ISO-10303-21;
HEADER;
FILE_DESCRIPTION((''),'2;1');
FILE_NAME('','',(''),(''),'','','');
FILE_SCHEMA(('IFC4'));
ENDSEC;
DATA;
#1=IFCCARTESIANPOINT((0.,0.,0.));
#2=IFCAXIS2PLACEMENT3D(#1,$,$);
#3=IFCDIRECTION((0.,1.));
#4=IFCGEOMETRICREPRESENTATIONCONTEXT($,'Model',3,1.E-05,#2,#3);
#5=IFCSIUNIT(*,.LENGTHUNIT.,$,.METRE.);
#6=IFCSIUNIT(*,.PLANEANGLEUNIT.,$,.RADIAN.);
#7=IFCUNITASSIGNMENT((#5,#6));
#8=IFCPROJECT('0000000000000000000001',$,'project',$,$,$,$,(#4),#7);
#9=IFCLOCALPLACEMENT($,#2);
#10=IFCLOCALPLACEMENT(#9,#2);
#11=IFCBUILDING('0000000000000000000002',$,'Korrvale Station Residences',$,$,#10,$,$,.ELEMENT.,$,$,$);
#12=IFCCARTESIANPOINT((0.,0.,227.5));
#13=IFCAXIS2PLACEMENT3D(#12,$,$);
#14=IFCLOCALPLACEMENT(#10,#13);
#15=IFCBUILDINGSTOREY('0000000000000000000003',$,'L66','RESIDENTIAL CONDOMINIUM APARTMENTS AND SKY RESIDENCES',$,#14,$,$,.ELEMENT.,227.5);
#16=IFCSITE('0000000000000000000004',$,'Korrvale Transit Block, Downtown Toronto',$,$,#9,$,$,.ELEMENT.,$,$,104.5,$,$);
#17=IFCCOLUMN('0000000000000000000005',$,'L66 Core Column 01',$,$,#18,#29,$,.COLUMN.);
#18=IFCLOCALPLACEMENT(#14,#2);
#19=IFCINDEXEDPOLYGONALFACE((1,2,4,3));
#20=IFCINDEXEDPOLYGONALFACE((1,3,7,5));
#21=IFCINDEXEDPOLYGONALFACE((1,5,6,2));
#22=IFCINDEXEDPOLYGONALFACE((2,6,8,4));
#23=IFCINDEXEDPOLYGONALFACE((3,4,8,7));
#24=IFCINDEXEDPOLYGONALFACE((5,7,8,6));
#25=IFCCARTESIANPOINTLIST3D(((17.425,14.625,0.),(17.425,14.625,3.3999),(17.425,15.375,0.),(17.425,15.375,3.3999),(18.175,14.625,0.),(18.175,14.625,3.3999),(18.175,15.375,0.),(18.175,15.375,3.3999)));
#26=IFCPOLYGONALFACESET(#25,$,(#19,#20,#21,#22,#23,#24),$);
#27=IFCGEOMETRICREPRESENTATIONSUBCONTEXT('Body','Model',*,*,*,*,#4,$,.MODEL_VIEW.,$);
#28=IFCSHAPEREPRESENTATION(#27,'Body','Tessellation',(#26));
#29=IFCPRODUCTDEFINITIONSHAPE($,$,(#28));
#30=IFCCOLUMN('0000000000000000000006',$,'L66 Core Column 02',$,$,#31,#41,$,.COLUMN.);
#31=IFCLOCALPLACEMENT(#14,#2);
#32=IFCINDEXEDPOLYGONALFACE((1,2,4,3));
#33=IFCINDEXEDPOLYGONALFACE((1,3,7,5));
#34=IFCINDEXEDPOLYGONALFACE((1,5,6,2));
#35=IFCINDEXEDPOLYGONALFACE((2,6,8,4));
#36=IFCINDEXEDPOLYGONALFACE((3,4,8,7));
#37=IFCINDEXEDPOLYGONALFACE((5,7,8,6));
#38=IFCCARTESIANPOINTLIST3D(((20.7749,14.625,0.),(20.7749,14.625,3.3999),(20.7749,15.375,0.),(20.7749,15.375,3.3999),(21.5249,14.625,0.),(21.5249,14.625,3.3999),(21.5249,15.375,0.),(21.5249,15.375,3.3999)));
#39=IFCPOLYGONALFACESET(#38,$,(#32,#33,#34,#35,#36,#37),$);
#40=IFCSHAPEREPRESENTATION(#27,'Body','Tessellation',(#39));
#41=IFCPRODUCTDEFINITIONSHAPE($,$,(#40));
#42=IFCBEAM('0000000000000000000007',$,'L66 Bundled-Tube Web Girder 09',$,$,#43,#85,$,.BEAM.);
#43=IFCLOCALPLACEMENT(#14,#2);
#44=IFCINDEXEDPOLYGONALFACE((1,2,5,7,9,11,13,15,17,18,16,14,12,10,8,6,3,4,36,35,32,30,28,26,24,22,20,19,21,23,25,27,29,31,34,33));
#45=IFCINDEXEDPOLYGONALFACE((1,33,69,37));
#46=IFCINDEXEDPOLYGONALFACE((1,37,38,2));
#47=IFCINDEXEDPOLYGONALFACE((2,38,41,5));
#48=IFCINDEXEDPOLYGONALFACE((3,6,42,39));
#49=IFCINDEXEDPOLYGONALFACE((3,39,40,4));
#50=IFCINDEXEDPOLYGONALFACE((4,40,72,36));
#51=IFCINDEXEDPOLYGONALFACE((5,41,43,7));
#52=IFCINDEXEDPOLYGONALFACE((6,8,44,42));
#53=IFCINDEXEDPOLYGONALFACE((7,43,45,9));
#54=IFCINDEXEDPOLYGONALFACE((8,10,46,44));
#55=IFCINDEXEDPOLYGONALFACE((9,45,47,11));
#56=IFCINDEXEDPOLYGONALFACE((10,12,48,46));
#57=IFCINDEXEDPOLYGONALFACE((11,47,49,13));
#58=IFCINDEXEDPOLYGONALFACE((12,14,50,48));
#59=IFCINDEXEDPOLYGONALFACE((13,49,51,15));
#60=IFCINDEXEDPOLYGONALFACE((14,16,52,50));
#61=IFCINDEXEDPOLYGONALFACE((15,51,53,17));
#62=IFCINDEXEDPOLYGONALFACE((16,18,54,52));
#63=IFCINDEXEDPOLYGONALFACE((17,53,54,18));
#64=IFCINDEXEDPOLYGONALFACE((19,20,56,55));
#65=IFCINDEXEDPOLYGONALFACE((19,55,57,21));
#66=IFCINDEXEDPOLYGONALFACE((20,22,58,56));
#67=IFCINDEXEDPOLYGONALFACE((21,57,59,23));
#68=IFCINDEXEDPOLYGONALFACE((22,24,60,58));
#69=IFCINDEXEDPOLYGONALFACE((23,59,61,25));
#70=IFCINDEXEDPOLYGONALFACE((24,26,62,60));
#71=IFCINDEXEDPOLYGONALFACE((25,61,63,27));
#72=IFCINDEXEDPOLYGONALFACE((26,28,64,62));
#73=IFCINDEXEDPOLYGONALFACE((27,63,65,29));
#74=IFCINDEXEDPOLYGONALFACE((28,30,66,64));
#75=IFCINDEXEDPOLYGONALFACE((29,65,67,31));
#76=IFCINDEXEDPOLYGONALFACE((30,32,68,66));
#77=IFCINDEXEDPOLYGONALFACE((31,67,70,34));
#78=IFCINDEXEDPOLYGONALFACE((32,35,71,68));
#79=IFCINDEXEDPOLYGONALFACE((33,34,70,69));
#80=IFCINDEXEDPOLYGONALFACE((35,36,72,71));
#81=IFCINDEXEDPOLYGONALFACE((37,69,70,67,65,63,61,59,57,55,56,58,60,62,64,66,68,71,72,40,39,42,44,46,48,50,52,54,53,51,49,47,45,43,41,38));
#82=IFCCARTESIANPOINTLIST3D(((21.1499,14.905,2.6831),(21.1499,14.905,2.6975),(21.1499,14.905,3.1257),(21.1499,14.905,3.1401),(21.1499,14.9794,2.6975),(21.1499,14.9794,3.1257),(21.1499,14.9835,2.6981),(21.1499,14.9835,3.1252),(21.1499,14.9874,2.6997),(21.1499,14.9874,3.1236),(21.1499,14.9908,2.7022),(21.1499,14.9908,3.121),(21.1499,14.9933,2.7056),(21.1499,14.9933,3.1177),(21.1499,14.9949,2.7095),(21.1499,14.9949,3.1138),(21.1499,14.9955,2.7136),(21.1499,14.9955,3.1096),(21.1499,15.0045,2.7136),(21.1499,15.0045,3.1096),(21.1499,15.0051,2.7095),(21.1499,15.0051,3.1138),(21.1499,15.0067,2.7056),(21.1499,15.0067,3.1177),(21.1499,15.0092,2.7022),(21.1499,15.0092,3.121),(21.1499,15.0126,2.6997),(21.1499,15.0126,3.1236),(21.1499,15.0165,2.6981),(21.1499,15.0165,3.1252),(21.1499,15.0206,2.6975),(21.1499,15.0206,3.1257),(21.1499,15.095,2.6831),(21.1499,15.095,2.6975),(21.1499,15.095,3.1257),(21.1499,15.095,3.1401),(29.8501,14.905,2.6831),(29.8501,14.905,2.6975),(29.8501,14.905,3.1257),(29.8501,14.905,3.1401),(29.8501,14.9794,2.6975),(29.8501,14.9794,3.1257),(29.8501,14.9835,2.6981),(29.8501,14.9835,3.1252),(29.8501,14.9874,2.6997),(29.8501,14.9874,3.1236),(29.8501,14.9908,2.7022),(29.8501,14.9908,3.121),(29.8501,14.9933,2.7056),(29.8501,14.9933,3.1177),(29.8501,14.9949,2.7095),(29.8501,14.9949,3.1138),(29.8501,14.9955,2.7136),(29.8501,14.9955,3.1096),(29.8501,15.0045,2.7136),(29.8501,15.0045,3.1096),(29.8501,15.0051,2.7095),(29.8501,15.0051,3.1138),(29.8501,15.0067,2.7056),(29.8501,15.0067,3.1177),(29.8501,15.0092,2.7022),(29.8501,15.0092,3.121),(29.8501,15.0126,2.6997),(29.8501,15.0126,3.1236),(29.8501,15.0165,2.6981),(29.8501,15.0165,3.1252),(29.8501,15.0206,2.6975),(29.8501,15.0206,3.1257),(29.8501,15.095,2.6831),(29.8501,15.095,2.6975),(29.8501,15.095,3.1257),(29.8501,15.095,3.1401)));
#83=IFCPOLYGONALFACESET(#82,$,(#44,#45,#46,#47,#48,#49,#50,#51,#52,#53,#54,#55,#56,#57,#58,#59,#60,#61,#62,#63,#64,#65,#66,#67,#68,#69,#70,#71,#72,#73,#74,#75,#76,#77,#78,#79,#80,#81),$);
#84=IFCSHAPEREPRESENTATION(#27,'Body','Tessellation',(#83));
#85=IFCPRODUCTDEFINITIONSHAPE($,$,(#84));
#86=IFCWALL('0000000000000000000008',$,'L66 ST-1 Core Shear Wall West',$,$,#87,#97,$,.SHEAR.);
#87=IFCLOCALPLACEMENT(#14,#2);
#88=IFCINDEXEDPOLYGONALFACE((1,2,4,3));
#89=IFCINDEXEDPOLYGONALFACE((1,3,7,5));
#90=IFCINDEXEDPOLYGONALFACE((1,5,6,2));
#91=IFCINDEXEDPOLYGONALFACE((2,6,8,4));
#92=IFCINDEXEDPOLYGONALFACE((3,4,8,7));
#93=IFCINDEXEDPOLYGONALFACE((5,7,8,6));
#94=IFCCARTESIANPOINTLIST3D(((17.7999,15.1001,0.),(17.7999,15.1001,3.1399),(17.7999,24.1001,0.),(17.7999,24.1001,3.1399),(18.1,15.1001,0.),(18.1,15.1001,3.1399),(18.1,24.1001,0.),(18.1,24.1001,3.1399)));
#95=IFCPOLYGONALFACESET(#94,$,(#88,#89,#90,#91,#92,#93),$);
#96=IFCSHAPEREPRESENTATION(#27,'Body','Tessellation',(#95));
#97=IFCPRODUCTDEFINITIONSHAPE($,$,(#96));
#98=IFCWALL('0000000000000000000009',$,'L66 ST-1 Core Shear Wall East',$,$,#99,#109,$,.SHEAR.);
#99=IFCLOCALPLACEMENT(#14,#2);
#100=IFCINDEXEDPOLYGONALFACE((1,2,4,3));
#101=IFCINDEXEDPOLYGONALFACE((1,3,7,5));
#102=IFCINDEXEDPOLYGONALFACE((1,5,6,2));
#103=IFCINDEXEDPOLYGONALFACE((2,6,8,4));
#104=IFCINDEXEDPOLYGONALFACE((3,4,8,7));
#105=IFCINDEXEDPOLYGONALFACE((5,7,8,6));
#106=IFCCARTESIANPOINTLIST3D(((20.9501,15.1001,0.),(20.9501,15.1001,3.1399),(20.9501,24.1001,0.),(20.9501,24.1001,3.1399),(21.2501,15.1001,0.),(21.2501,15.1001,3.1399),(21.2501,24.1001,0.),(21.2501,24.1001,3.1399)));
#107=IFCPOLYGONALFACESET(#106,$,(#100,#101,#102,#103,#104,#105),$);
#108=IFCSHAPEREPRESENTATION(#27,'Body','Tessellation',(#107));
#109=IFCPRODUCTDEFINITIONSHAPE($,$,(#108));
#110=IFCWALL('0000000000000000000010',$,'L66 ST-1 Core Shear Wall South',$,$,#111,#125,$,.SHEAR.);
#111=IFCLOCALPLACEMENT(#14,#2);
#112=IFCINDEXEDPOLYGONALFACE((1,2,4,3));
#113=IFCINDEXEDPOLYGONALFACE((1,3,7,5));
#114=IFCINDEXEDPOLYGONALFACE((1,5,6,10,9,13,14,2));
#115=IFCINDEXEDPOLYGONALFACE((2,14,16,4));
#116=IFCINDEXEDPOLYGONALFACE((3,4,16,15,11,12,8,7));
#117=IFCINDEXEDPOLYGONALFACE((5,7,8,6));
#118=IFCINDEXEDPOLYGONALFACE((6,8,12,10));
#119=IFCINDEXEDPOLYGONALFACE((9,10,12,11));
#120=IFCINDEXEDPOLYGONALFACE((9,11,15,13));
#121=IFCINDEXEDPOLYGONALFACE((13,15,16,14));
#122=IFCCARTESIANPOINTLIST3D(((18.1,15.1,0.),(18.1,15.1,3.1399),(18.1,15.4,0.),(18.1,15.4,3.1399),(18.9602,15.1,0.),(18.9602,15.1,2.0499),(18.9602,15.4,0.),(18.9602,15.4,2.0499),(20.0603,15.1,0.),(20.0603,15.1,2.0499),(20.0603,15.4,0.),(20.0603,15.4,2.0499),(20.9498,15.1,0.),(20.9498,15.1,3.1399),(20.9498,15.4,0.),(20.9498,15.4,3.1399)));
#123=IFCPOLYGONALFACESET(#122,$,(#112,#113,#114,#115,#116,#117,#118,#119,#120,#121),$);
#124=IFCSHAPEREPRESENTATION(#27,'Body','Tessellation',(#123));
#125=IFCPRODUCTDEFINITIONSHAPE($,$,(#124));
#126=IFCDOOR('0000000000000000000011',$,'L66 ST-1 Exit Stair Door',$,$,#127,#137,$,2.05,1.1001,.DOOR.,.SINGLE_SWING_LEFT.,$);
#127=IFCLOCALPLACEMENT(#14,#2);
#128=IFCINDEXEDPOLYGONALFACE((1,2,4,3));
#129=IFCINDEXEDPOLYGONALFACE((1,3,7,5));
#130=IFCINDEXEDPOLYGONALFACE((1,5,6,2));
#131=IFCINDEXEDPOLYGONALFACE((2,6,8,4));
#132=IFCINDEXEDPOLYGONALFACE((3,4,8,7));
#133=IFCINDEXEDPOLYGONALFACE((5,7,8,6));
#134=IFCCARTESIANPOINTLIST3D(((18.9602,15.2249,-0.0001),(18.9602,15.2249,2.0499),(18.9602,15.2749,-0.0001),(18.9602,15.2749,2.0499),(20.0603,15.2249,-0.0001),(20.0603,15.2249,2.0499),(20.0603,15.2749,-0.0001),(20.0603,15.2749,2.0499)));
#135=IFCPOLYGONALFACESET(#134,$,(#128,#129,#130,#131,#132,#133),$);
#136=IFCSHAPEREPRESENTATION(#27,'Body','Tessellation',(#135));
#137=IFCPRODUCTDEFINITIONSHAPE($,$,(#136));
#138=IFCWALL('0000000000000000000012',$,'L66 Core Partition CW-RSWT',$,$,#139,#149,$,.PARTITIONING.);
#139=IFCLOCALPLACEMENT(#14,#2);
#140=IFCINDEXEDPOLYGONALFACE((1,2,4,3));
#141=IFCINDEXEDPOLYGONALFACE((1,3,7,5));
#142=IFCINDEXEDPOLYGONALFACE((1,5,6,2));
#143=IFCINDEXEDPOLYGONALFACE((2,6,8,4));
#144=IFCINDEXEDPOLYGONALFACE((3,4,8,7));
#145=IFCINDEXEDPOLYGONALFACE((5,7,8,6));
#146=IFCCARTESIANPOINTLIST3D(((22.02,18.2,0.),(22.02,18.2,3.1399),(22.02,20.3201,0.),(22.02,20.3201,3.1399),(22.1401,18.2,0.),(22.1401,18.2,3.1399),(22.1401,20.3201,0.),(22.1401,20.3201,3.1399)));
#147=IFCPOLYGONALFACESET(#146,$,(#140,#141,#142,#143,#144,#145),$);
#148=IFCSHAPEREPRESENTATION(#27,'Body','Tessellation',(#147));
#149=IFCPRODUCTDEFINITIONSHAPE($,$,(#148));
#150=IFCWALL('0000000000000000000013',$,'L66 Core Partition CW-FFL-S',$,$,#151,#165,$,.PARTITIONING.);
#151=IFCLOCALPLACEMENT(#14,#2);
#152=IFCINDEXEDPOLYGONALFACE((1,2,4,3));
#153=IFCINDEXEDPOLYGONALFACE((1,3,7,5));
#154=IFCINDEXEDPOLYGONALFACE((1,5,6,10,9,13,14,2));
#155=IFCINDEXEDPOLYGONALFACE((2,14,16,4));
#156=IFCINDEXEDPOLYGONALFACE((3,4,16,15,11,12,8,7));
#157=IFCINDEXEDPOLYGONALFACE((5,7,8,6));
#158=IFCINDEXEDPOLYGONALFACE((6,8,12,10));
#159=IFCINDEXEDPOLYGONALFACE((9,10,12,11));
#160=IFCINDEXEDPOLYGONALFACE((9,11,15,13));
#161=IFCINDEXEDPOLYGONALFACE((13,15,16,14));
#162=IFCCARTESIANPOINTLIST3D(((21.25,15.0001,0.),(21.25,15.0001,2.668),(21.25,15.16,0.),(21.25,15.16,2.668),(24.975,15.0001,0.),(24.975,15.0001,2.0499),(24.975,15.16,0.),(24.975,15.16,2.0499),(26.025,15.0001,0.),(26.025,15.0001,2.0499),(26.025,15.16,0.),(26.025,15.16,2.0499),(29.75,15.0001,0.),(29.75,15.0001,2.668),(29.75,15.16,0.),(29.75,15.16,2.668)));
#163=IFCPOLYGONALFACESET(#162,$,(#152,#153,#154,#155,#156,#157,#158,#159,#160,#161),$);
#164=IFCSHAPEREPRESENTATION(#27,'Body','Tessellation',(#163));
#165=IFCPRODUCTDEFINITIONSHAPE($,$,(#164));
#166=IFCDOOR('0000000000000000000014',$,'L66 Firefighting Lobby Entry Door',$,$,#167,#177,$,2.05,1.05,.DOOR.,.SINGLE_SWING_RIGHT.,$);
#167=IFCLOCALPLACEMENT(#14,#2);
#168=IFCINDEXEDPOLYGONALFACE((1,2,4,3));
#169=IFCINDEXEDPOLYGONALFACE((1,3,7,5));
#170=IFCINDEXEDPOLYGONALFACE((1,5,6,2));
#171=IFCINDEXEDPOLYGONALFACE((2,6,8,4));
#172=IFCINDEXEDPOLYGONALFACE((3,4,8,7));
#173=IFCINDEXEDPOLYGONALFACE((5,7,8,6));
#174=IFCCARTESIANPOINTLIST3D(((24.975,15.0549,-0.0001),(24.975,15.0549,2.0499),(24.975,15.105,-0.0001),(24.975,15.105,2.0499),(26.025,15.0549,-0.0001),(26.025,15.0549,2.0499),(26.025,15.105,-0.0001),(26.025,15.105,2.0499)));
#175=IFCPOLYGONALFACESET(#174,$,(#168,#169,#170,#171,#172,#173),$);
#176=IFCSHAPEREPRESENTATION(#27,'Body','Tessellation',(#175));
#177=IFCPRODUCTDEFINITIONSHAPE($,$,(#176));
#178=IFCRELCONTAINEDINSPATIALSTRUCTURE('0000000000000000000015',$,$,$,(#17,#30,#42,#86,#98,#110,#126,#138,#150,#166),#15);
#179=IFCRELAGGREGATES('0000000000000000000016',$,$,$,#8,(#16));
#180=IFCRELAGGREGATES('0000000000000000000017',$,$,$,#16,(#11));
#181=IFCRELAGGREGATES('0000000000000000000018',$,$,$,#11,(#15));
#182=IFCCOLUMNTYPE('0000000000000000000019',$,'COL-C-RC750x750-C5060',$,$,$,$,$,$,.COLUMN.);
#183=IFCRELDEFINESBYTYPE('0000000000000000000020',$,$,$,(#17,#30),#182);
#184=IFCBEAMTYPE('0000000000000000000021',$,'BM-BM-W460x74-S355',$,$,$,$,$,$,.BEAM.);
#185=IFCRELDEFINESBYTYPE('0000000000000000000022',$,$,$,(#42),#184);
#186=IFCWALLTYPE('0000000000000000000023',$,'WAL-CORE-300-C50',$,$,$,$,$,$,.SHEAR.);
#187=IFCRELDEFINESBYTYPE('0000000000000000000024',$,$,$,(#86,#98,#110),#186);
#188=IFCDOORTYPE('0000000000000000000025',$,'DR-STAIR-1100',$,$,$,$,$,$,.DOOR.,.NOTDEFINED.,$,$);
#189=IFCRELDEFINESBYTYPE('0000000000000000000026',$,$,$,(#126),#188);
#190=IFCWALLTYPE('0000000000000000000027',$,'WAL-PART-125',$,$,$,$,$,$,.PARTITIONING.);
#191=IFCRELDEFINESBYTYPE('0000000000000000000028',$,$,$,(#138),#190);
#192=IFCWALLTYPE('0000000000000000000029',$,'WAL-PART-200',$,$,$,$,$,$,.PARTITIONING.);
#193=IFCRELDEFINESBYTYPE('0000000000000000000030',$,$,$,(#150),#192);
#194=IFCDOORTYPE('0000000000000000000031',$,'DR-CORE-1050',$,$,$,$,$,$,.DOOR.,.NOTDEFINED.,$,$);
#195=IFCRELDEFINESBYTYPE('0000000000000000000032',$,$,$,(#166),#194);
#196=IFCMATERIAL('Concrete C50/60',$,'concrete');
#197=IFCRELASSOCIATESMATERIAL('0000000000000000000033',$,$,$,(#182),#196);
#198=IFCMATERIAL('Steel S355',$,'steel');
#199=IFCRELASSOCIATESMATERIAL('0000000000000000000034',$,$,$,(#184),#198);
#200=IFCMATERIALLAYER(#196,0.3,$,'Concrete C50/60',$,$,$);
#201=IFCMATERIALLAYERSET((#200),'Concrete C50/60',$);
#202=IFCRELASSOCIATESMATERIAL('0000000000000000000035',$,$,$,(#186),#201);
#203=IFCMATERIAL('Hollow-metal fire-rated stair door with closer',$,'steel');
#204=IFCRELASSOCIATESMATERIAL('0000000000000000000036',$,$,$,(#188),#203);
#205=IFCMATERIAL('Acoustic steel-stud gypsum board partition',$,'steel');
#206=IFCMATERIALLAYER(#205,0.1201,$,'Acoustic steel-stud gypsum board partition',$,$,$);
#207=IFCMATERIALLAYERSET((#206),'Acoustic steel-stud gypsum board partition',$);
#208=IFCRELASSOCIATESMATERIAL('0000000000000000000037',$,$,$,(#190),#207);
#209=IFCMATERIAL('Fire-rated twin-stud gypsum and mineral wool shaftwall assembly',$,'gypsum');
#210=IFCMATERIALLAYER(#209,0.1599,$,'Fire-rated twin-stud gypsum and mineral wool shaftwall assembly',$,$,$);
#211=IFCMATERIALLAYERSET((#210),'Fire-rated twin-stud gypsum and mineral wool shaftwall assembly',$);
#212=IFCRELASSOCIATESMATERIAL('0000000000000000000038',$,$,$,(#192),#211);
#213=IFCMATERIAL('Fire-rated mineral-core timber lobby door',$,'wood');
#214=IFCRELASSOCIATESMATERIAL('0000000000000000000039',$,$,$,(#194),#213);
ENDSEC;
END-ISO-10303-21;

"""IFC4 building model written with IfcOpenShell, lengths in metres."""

from ifc_helpers import new_model, si_unit, direction, frame, frame_2d, origin, origin_2d, place, context, subcontext, project, spatial, rectangle, i_section, extrude, material, layer, layer_set, material_profile, profile_set, type_object, element, fill, save


model = new_model("IFC4")

# Units and contexts
model_context = context("Model", 3, precision=1e-05, world=origin(), true_north=direction((0.0, 1.0)))
body_context = subcontext(model_context, "Body", "Model", "MODEL_VIEW")
ifc_project = project(units=[si_unit("LENGTHUNIT", "METRE"), si_unit("PLANEANGLEUNIT", "RADIAN")], contexts=[model_context])

# Site, building, storey
site_placement = place(None, origin())
site = spatial("IfcSite", under=ifc_project, at=site_placement, Name="Korrvale Transit Block, Downtown Toronto", CompositionType="ELEMENT", RefElevation=104.5)
building_placement = place(site_placement, origin())
building = spatial("IfcBuilding", under=site, at=building_placement, Name="Korrvale Station Residences", CompositionType="ELEMENT")
storey_placement = place(building_placement, frame((0.0, 0.0, 227.5)))
storey = spatial("IfcBuildingStorey", under=building, at=storey_placement, Name="L66", Description="RESIDENTIAL CONDOMINIUM APARTMENTS AND SKY RESIDENCES", CompositionType="ELEMENT", Elevation=227.5)

# Columns
ifc_material_1 = material(Name="Concrete C50/60", Category="concrete")
ifc_material_profile_1 = material_profile(ifc_material_1, rectangle(XDim=0.75, YDim=0.75, at=origin_2d()), Name="RC750x750")
ifc_profile_set_1 = profile_set([ifc_material_profile_1], Name="Concrete C50/60")
column_type = type_object("IfcColumnType", Name="COL-C-RC750x750-C5060", PredefinedType="COLUMN", material=ifc_profile_set_1)
for number, where, z_axis, x_axis, name in (
    (1, (17.8, 15.0, 0.0), (0.0, 0.0, 1.0), (1.0, 0.0, 0.0), "L66 Core Column 01"),
    (2, (21.1499, 15.0, 0.0), (0.0, 0.0, 1.0), (1.0, 0.0, 0.0), "L66 Core Column 02"),
):
    element("IfcColumn", number, at=place(storey_placement, frame(where, z_axis=z_axis, x_axis=x_axis)), inside=storey, type_object=column_type, Name=name, PredefinedType="COLUMN", context=body_context, shape_type="SweptSolid", body=[
        extrude(rectangle(XDim=0.75, YDim=0.75, at=origin_2d()), origin(), (0.0, 0.0, 1.0), 3.3999),
    ])

# Beam
ifc_material_2 = material(Name="Steel S355", Category="steel")
ifc_material_profile_2 = material_profile(ifc_material_2, i_section(OverallWidth=0.1899, OverallDepth=0.457, WebThickness=0.009, FlangeThickness=0.0144, FilletRadius=0.0161, at=origin_2d()), Name="W460x74")
ifc_profile_set_2 = profile_set([ifc_material_profile_2], Name="Steel S355")
beam_type = type_object("IfcBeamType", Name="BM-BM-W460x74-S355", PredefinedType="BEAM", material=ifc_profile_set_2)
beam_placement = place(storey_placement, frame((21.1499, 15.0, 2.9116), z_axis=(1.0, 0.0, 0.0), x_axis=(0.0, 1.0, 0.0)))
element("IfcBeam", 3, at=beam_placement, inside=storey, type_object=beam_type, Name="L66 Bundled-Tube Web Girder 09", PredefinedType="BEAM", context=body_context, shape_type="SweptSolid", body=[
    extrude(i_section(OverallWidth=0.1899, OverallDepth=0.457, WebThickness=0.009, FlangeThickness=0.0144, FilletRadius=0.0161, at=origin_2d()), origin(), (0.0, 0.0, 1.0), 8.7002),
])

# Walls
ifc_layer_1 = layer(ifc_material_1, 0.3, Name="Concrete C50/60")
ifc_layer_set_1 = layer_set([ifc_layer_1], Name="Concrete C50/60")
wall_type_1 = type_object("IfcWallType", Name="WAL-CORE-300-C50", PredefinedType="SHEAR", material=ifc_layer_set_1)
for number, where, z_axis, x_axis, name in (
    (4, (17.95, 15.1001, 0.0), (0.0, 0.0, 1.0), (0.0, 1.0, 0.0), "L66 ST-1 Core Shear Wall West"),
    (5, (21.1001, 15.1001, 0.0), (0.0, 0.0, 1.0), (0.0, 1.0, 0.0), "L66 ST-1 Core Shear Wall East"),
):
    element("IfcWall", number, at=place(storey_placement, frame(where, z_axis=z_axis, x_axis=x_axis)), inside=storey, type_object=wall_type_1, Name=name, PredefinedType="SHEAR", context=body_context, shape_type="SweptSolid", body=[
        extrude(rectangle(XDim=9.0, YDim=0.3, at=frame_2d((4.5, 0.0))), origin(), (0.0, 0.0, 1.0), 3.1399),
    ])

# Wall, opening, door
wall_1_placement = place(storey_placement, frame((18.1001, 15.25, 0.0), z_axis=(0.0, 0.0, 1.0), x_axis=(1.0, 0.0, 0.0)))
wall_1 = element("IfcWall", 6, at=wall_1_placement, inside=storey, type_object=wall_type_1, Name="L66 ST-1 Core Shear Wall South", PredefinedType="SHEAR", context=body_context, shape_type="SweptSolid", body=[
    extrude(rectangle(XDim=2.8499, YDim=0.3, at=frame_2d((1.4248, 0.0))), origin(), (0.0, 0.0, 1.0), 3.1399),
])
opening_1_placement = place(wall_1_placement, frame((0.8601, 0.0, 0.0)))
opening_1 = element("IfcOpeningElement", 7, at=opening_1_placement, cuts=wall_1, PredefinedType="OPENING", context=body_context, shape_type="SweptSolid", body=[
    extrude(rectangle(XDim=1.1001, YDim=2.05, at=frame_2d((0.55, 1.0249))), frame((0.0, 0.1602, 0.0), z_axis=(0.0, -1.0, 0.0), x_axis=(1.0, 0.0, 0.0)), (0.0, 0.0, 1.0), 0.3201),
])
ifc_material_3 = material(Name="Hollow-metal fire-rated stair door with closer", Category="steel")
door_type_1 = type_object("IfcDoorType", Name="DR-STAIR-1100", OperationType="NOTDEFINED", PredefinedType="DOOR", material=ifc_material_3)
door_1_placement = place(opening_1_placement, origin())
door_1 = element("IfcDoor", 8, at=door_1_placement, inside=storey, type_object=door_type_1, Name="L66 ST-1 Exit Stair Door", OperationType="SINGLE_SWING_LEFT", OverallHeight=2.05, OverallWidth=1.1001, PredefinedType="DOOR", context=body_context, shape_type="SweptSolid", body=[
    extrude(rectangle(XDim=1.1001, YDim=2.05, at=frame_2d((0.55, 1.0249))), frame((0.0, 0.0249, 0.0), z_axis=(0.0, -1.0, 0.0), x_axis=(1.0, 0.0, 0.0)), (0.0, 0.0, 1.0), 0.05),
])
fill(opening_1, door_1)

# Wall
ifc_material_4 = material(Name="Acoustic steel-stud gypsum board partition", Category="steel")
ifc_layer_2 = layer(ifc_material_4, 0.1201, Name="Acoustic steel-stud gypsum board partition")
ifc_layer_set_2 = layer_set([ifc_layer_2], Name="Acoustic steel-stud gypsum board partition")
wall_type_2 = type_object("IfcWallType", Name="WAL-PART-125", PredefinedType="PARTITIONING", material=ifc_layer_set_2)
wall_2_placement = place(storey_placement, frame((22.0801, 18.2, 0.0), z_axis=(0.0, 0.0, 1.0), x_axis=(0.0, 1.0, 0.0)))
element("IfcWall", 9, at=wall_2_placement, inside=storey, type_object=wall_type_2, Name="L66 Core Partition CW-RSWT", PredefinedType="PARTITIONING", context=body_context, shape_type="SweptSolid", body=[
    extrude(rectangle(XDim=2.1201, YDim=0.1201, at=frame_2d((1.0601, 0.0))), origin(), (0.0, 0.0, 1.0), 3.1399),
])

# Wall, opening, door
ifc_material_5 = material(Name="Fire-rated twin-stud gypsum and mineral wool shaftwall assembly", Category="gypsum")
ifc_layer_3 = layer(ifc_material_5, 0.1599, Name="Fire-rated twin-stud gypsum and mineral wool shaftwall assembly")
ifc_layer_set_3 = layer_set([ifc_layer_3], Name="Fire-rated twin-stud gypsum and mineral wool shaftwall assembly")
wall_type_3 = type_object("IfcWallType", Name="WAL-PART-200", PredefinedType="PARTITIONING", material=ifc_layer_set_3)
wall_3_placement = place(storey_placement, frame((21.25, 15.0801, 0.0), z_axis=(0.0, 0.0, 1.0), x_axis=(1.0, 0.0, 0.0)))
wall_3 = element("IfcWall", 10, at=wall_3_placement, inside=storey, type_object=wall_type_3, Name="L66 Core Partition CW-FFL-S", PredefinedType="PARTITIONING", context=body_context, shape_type="SweptSolid", body=[
    extrude(rectangle(XDim=8.5, YDim=0.1599, at=frame_2d((4.25, 0.0))), origin(), (0.0, 0.0, 1.0), 2.668),
])
opening_2_placement = place(wall_3_placement, frame((3.7251, 0.0, 0.0)))
opening_2 = element("IfcOpeningElement", 11, at=opening_2_placement, cuts=wall_3, PredefinedType="OPENING", context=body_context, shape_type="SweptSolid", body=[
    extrude(rectangle(XDim=1.05, YDim=2.05, at=frame_2d((0.5249, 1.0249))), frame((0.0, 0.0898, 0.0), z_axis=(0.0, -1.0, 0.0), x_axis=(1.0, 0.0, 0.0)), (0.0, 0.0, 1.0), 0.1799),
])
ifc_material_6 = material(Name="Fire-rated mineral-core timber lobby door", Category="wood")
door_type_2 = type_object("IfcDoorType", Name="DR-CORE-1050", OperationType="NOTDEFINED", PredefinedType="DOOR", material=ifc_material_6)
door_2_placement = place(opening_2_placement, origin())
door_2 = element("IfcDoor", 12, at=door_2_placement, inside=storey, type_object=door_type_2, Name="L66 Firefighting Lobby Entry Door", OperationType="SINGLE_SWING_RIGHT", OverallHeight=2.05, OverallWidth=1.05, PredefinedType="DOOR", context=body_context, shape_type="SweptSolid", body=[
    extrude(rectangle(XDim=1.05, YDim=2.05, at=frame_2d((0.5249, 1.0249))), frame((0.0, 0.0249, 0.0), z_axis=(0.0, -1.0, 0.0), x_axis=(1.0, 0.0, 0.0)), (0.0, 0.0, 1.0), 0.05),
])
fill(opening_2, door_2)

save(model, "model.ifc")
